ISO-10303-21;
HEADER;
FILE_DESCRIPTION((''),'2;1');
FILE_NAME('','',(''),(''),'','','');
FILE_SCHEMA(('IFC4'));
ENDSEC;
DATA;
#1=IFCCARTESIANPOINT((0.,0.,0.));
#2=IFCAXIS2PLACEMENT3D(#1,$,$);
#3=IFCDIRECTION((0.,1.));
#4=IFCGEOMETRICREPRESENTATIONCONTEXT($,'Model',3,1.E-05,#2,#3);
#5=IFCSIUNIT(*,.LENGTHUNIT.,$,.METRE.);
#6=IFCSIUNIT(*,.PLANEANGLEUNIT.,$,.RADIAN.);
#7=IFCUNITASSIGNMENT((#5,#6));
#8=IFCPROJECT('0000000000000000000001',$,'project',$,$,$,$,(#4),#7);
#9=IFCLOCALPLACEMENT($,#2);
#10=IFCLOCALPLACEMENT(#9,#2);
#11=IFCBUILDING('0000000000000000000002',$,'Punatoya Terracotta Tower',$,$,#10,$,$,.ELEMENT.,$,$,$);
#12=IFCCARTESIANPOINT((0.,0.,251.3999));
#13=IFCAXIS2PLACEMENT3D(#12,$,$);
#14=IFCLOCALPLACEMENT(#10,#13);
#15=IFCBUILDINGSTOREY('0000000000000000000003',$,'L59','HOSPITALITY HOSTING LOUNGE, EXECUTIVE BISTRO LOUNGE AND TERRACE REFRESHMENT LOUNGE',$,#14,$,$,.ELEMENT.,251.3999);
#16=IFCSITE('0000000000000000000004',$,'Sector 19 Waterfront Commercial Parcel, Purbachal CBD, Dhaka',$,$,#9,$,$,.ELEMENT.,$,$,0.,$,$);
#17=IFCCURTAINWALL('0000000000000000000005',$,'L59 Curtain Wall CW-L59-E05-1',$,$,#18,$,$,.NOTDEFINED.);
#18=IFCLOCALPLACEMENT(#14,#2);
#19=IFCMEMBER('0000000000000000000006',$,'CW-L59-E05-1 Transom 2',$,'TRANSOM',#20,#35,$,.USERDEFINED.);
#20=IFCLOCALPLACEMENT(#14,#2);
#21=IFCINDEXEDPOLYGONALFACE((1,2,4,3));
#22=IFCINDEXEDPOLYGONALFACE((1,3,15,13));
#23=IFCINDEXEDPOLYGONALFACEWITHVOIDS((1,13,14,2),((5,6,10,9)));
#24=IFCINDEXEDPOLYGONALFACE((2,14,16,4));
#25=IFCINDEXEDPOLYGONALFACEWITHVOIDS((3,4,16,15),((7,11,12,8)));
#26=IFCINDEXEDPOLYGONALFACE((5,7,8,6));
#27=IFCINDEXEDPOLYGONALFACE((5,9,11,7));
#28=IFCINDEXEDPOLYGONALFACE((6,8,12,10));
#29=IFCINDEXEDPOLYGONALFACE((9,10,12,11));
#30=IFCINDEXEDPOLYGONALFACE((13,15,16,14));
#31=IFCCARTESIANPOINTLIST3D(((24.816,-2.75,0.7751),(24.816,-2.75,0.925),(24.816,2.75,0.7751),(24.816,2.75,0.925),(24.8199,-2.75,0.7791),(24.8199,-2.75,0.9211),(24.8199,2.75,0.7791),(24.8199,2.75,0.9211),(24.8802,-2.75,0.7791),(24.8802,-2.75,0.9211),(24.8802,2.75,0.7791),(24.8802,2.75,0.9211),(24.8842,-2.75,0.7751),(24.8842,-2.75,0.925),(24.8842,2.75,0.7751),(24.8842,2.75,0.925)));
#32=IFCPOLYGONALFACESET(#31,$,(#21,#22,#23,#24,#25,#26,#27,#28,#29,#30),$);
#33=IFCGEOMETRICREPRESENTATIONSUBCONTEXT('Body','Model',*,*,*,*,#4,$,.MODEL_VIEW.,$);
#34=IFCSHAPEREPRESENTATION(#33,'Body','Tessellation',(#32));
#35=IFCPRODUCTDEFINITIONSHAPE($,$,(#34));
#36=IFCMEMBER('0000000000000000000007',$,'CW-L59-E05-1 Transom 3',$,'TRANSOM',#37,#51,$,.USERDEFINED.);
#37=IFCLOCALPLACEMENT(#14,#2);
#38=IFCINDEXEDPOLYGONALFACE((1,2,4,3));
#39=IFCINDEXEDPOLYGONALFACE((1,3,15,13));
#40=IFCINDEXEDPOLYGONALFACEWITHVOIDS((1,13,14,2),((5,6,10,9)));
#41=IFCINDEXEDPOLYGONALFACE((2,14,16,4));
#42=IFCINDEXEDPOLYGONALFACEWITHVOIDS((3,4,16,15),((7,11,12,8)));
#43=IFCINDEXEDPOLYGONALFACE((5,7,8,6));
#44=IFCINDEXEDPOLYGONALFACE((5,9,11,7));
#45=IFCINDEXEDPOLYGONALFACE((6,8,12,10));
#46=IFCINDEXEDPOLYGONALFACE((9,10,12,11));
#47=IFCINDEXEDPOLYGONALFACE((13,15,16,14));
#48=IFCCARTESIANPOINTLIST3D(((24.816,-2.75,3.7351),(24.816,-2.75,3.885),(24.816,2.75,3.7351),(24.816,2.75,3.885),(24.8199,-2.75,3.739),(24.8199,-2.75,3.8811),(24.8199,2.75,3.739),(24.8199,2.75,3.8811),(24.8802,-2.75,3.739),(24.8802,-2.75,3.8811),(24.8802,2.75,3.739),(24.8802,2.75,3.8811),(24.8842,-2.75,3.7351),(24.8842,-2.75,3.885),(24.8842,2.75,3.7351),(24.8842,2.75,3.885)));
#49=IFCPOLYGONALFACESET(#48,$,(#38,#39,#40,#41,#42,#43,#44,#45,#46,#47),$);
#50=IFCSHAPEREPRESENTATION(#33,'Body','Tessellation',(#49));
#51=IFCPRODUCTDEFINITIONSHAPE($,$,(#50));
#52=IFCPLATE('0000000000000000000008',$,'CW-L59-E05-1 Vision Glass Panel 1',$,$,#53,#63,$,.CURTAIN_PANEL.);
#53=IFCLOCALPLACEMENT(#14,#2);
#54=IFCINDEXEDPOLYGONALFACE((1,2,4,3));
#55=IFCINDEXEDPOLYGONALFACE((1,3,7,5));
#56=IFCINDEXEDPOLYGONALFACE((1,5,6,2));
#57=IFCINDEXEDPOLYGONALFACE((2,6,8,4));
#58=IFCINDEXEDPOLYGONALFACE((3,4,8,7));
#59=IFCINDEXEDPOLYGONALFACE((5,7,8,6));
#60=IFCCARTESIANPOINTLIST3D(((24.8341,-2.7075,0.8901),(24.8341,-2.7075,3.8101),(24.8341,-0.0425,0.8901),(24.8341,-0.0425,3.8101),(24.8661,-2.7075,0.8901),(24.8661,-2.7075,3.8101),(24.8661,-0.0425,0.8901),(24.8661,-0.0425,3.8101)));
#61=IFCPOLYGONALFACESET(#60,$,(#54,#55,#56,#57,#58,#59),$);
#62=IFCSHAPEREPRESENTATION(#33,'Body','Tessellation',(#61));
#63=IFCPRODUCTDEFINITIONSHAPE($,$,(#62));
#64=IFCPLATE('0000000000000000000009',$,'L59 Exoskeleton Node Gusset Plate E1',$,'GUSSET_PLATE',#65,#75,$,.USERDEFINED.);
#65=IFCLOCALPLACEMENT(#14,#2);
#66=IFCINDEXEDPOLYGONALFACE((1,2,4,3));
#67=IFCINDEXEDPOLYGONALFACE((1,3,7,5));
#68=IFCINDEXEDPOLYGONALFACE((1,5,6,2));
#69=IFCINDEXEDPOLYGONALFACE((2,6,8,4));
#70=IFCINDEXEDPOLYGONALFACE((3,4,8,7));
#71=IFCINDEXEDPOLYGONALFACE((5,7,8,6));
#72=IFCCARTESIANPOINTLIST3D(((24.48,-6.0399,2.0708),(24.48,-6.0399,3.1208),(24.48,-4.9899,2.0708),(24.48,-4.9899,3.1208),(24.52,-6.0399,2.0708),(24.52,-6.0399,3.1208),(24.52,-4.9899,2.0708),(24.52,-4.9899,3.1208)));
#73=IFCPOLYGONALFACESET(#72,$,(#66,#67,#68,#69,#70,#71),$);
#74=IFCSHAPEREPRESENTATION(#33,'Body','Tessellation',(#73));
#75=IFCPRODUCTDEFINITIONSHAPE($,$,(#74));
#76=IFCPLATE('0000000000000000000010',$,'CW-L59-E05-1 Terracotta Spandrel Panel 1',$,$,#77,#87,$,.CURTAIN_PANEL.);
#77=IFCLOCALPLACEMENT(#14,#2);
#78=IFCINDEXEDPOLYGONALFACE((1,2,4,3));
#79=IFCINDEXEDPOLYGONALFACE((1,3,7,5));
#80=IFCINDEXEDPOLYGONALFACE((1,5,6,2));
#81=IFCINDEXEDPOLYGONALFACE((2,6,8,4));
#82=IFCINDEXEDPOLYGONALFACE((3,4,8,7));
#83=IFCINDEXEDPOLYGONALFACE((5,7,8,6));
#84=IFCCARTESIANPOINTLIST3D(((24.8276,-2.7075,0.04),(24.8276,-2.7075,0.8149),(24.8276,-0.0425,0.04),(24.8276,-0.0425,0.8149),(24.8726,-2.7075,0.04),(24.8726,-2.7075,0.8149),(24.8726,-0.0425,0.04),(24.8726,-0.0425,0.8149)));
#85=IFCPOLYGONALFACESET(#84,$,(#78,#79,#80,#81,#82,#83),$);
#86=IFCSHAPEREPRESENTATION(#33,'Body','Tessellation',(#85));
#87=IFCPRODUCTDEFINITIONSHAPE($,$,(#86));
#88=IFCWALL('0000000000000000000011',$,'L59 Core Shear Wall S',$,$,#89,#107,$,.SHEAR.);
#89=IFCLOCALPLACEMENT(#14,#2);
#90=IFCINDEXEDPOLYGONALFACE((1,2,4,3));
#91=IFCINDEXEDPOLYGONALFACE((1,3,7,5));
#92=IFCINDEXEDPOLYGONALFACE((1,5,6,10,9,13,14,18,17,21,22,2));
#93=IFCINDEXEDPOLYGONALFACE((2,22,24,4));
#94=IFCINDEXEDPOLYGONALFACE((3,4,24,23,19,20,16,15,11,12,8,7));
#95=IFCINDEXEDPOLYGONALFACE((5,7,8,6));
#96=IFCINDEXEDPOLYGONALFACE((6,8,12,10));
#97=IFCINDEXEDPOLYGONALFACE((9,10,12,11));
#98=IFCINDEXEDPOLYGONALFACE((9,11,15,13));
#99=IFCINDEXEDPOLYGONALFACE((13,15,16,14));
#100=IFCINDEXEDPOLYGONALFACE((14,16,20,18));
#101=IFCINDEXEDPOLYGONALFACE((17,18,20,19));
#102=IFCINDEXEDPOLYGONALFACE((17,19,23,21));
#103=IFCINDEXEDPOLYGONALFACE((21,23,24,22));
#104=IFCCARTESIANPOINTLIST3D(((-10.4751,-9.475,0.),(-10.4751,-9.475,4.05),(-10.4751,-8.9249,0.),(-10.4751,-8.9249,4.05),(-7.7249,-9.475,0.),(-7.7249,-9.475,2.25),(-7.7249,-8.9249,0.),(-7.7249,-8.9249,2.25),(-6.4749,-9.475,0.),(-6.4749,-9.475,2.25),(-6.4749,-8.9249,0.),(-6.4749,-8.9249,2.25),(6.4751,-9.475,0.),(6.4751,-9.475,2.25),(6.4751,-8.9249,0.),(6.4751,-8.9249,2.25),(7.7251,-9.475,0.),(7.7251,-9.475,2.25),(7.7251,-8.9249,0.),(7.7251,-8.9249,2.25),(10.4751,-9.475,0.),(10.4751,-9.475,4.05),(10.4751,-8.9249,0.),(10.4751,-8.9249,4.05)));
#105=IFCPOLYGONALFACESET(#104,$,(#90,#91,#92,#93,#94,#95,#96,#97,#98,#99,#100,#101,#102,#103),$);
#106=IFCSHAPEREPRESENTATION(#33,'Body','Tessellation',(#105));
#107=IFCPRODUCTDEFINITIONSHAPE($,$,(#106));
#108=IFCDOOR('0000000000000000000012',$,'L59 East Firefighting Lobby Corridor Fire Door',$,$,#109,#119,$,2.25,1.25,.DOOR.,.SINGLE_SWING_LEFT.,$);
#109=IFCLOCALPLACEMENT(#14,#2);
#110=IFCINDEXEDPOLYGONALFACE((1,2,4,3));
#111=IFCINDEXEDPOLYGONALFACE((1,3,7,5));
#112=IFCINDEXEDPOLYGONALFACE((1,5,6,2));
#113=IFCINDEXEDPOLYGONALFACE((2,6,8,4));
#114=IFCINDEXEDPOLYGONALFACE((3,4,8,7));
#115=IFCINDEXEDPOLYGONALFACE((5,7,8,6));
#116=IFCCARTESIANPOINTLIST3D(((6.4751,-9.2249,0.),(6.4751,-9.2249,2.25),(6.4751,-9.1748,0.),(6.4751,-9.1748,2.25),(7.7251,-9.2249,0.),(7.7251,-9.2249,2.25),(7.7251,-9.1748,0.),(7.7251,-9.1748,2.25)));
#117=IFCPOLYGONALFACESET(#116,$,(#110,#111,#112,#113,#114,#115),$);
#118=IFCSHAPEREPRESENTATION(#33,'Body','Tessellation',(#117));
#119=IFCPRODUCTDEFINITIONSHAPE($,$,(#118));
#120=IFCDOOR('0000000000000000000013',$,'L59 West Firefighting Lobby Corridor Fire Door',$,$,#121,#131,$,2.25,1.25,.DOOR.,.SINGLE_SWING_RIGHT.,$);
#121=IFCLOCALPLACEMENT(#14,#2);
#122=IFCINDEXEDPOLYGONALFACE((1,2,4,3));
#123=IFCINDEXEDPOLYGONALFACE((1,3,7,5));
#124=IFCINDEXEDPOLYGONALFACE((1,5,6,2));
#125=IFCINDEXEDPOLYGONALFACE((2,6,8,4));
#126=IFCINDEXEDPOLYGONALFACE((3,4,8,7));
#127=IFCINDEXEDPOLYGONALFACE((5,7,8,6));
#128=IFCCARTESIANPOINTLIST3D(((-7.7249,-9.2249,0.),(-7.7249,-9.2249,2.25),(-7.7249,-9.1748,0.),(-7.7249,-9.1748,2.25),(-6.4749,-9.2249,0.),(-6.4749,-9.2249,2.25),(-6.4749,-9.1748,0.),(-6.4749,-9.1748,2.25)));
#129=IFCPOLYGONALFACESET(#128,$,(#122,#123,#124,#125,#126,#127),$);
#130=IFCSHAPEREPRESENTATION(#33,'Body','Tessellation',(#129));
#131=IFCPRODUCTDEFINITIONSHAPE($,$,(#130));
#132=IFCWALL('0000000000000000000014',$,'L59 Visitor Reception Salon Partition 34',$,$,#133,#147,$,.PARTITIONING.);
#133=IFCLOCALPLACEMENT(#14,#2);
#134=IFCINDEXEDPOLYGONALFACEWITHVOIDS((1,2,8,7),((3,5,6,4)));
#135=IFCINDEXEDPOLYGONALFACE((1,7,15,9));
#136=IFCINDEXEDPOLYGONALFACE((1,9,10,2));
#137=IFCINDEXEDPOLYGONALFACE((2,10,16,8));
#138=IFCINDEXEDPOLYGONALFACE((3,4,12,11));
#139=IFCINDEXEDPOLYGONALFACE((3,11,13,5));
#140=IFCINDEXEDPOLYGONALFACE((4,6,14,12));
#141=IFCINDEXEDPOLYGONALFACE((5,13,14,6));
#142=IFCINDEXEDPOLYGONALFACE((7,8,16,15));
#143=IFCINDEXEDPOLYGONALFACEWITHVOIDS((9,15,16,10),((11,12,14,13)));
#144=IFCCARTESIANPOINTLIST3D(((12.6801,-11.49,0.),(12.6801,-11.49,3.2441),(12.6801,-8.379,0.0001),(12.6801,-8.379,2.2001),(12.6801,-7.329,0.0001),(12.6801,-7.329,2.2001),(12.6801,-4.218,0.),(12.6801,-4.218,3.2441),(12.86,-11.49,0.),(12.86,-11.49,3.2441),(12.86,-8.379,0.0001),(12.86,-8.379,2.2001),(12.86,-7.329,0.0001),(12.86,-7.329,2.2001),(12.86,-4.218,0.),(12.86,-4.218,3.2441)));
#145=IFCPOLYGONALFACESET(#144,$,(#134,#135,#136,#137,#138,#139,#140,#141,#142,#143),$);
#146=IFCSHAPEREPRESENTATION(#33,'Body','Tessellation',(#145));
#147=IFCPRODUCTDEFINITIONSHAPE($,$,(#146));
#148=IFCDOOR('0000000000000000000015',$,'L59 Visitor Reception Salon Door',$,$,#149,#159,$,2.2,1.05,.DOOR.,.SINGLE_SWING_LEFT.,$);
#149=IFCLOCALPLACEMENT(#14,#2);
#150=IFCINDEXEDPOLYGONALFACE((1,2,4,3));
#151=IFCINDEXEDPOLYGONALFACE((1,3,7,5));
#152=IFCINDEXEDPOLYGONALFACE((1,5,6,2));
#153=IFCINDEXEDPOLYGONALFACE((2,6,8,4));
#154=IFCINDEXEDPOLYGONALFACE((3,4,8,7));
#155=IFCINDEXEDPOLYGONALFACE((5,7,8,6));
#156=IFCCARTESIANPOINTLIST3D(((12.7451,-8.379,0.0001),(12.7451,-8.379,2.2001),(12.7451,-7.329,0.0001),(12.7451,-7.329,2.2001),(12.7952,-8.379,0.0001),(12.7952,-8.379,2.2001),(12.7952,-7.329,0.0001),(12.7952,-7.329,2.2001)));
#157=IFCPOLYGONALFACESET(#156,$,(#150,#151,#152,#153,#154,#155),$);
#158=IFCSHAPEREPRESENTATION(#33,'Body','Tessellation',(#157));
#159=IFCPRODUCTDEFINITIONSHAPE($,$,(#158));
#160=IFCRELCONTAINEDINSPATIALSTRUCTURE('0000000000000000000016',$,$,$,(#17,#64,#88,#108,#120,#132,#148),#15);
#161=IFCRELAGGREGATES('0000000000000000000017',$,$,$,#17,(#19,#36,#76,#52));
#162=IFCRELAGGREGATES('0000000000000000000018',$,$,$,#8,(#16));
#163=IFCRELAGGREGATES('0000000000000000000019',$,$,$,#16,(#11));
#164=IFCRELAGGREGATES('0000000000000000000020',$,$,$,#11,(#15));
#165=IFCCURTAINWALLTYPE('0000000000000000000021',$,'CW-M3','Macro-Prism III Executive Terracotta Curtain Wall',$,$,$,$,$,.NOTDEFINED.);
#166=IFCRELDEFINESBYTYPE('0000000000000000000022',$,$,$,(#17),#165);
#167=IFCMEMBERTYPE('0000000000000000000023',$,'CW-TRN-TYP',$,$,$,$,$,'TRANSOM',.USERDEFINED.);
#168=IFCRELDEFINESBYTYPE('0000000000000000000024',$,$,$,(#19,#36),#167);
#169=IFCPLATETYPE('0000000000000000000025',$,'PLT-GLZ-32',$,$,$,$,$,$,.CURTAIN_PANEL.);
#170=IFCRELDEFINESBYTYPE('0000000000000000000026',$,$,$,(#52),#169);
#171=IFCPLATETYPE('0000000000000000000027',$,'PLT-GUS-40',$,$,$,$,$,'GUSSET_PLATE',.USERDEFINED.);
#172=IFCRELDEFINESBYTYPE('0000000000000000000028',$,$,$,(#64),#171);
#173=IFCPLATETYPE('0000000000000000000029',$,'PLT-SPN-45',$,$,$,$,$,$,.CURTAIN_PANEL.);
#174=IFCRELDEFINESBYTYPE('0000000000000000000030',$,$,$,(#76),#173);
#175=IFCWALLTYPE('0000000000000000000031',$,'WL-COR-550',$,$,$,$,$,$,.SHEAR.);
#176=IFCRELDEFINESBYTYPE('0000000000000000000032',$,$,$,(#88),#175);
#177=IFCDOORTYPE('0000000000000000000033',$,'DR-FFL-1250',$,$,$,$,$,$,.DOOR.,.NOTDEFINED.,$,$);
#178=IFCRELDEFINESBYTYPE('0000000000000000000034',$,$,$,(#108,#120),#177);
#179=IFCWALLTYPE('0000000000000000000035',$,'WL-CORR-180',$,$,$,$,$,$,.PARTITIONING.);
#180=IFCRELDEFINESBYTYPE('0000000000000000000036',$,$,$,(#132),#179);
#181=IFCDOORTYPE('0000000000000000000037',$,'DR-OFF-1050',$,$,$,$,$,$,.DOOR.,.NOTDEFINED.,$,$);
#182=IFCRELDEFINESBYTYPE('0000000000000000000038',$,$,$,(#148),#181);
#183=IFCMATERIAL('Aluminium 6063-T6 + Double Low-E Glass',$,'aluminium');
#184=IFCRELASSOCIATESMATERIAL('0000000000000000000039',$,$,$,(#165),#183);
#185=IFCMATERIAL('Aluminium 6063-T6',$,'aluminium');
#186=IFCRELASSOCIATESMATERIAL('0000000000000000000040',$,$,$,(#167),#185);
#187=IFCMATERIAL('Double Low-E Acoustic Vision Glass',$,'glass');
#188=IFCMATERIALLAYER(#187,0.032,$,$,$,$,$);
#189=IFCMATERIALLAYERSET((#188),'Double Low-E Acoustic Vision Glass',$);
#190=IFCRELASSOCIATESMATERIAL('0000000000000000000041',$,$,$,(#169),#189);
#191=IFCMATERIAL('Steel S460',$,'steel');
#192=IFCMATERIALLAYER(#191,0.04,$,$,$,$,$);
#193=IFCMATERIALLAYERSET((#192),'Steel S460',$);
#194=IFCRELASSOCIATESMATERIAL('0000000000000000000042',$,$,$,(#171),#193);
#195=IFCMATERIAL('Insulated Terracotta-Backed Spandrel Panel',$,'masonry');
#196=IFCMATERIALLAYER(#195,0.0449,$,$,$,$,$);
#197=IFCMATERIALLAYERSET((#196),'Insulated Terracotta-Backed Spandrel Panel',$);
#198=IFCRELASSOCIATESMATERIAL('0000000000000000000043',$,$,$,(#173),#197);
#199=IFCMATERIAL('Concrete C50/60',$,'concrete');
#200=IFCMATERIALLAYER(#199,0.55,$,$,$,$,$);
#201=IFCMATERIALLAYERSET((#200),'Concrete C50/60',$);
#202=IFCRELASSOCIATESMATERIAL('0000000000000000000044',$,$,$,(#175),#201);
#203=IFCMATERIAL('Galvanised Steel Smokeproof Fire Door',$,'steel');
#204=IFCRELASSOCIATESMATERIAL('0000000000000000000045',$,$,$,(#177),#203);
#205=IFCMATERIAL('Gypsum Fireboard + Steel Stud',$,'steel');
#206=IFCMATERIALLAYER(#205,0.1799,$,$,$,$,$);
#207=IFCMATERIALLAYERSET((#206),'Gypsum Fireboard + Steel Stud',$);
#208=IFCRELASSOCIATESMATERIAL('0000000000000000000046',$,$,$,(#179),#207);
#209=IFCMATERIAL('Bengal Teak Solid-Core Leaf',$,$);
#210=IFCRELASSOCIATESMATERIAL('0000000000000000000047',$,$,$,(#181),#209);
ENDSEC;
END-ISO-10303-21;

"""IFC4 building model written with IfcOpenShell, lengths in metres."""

from ifc_helpers import new_model, si_unit, direction, frame, frame_2d, origin, origin_2d, place, context, subcontext, project, spatial, rectangle, hollow_rectangle, extrude, material, layer, layer_set, material_profile, profile_set, type_object, element, fill, aggregate, save


model = new_model("IFC4")

# Units and contexts
model_context = context("Model", 3, precision=1e-05, world=origin(), true_north=direction((0.0, 1.0)))
body_context = subcontext(model_context, "Body", "Model", "MODEL_VIEW")
ifc_project = project(units=[si_unit("LENGTHUNIT", "METRE"), si_unit("PLANEANGLEUNIT", "RADIAN")], contexts=[model_context])

# Site, building, storey
site_placement = place(None, origin())
site = spatial("IfcSite", under=ifc_project, at=site_placement, Name="Sector 19 Waterfront Commercial Parcel, Purbachal CBD, Dhaka", CompositionType="ELEMENT", RefElevation=0.0)
building_placement = place(site_placement, origin())
building = spatial("IfcBuilding", under=site, at=building_placement, Name="Punatoya Terracotta Tower", CompositionType="ELEMENT")
storey_placement = place(building_placement, frame((0.0, 0.0, 251.3999)))
storey = spatial("IfcBuildingStorey", under=building, at=storey_placement, Name="L59", Description="HOSPITALITY HOSTING LOUNGE, EXECUTIVE BISTRO LOUNGE AND TERRACE REFRESHMENT LOUNGE", CompositionType="ELEMENT", Elevation=251.3999)

# Shared definitions
ifc_material_1 = material(Name="Steel S460", Category="steel")

# Curtain wall, members, plate
ifc_material_2 = material(Name="Aluminium 6063-T6 + Double Low-E Glass", Category="aluminium")
curtain_wall_type = type_object("IfcCurtainWallType", Name="CW-M3", Description="Macro-Prism III Executive Terracotta Curtain Wall", PredefinedType="NOTDEFINED", material=ifc_material_2)
curtain_wall_placement = place(storey_placement, origin())
curtain_wall = element("IfcCurtainWall", 1, at=curtain_wall_placement, inside=storey, type_object=curtain_wall_type, Name="L59 Curtain Wall CW-L59-E05-1", PredefinedType="NOTDEFINED")
ifc_material_3 = material(Name="Aluminium 6063-T6", Category="aluminium")
ifc_material_profile_1 = material_profile(ifc_material_3, hollow_rectangle(XDim=0.0681, YDim=0.1499, WallThickness=0.0039, at=origin_2d()))
ifc_profile_set_1 = profile_set([ifc_material_profile_1], Name="Aluminium 6063-T6")
member_type_1 = type_object("IfcMemberType", Name="CW-TRN-TYP", ElementType="TRANSOM", PredefinedType="USERDEFINED", material=ifc_profile_set_1)
member_1_placement = place(storey_placement, frame((24.8501, -2.75, 0.8501), z_axis=(0.0, 1.0, 0.0), x_axis=(-1.0, 0.0, 0.0)))
member_1 = element("IfcMember", 2, at=member_1_placement, type_object=member_type_1, Name="CW-L59-E05-1 Transom 2", ObjectType="TRANSOM", PredefinedType="USERDEFINED", context=body_context, shape_type="SweptSolid", body=[
    extrude(hollow_rectangle(XDim=0.0681, YDim=0.1499, WallThickness=0.0039, at=origin_2d()), origin(), (0.0, 0.0, 1.0), 5.5),
])
member_2_placement = place(storey_placement, frame((24.8501, -2.75, 3.8101), z_axis=(0.0, 1.0, 0.0), x_axis=(-1.0, 0.0, 0.0)))
member_2 = element("IfcMember", 3, at=member_2_placement, type_object=member_type_1, Name="CW-L59-E05-1 Transom 3", ObjectType="TRANSOM", PredefinedType="USERDEFINED", context=body_context, shape_type="SweptSolid", body=[
    extrude(hollow_rectangle(XDim=0.0681, YDim=0.1499, WallThickness=0.0039, at=origin_2d()), origin(), (0.0, 0.0, 1.0), 5.5),
])
ifc_material_4 = material(Name="Double Low-E Acoustic Vision Glass", Category="glass")
ifc_layer_1 = layer(ifc_material_4, 0.032)
ifc_layer_set_1 = layer_set([ifc_layer_1], Name="Double Low-E Acoustic Vision Glass")
plate_type_1 = type_object("IfcPlateType", Name="PLT-GLZ-32", PredefinedType="CURTAIN_PANEL", material=ifc_layer_set_1)
plate_1_placement = place(storey_placement, frame((24.8501, -1.375, 0.8901), z_axis=(0.0, 0.0, 1.0), x_axis=(0.0, 1.0, 0.0)))
plate_1 = element("IfcPlate", 4, at=plate_1_placement, type_object=plate_type_1, Name="CW-L59-E05-1 Vision Glass Panel 1", PredefinedType="CURTAIN_PANEL", context=body_context, shape_type="SweptSolid", body=[
    extrude(rectangle(XDim=2.665, YDim=0.032, at=origin_2d()), origin(), (0.0, 0.0, 1.0), 2.9199),
])

# Plates
ifc_layer_2 = layer(ifc_material_1, 0.04)
ifc_layer_set_2 = layer_set([ifc_layer_2], Name="Steel S460")
plate_type_2 = type_object("IfcPlateType", Name="PLT-GUS-40", ElementType="GUSSET_PLATE", PredefinedType="USERDEFINED", material=ifc_layer_set_2)
plate_2_placement = place(storey_placement, frame((24.5, -5.5149, 2.0708), z_axis=(0.0, 0.0, 1.0), x_axis=(0.0, 1.0, 0.0)))
element("IfcPlate", 5, at=plate_2_placement, inside=storey, type_object=plate_type_2, Name="L59 Exoskeleton Node Gusset Plate E1", ObjectType="GUSSET_PLATE", PredefinedType="USERDEFINED", context=body_context, shape_type="SweptSolid", body=[
    extrude(rectangle(XDim=1.05, YDim=0.04, at=origin_2d()), origin(), (0.0, 0.0, 1.0), 1.05),
])
ifc_material_5 = material(Name="Insulated Terracotta-Backed Spandrel Panel", Category="masonry")
ifc_layer_3 = layer(ifc_material_5, 0.0449)
ifc_layer_set_3 = layer_set([ifc_layer_3], Name="Insulated Terracotta-Backed Spandrel Panel")
plate_type_3 = type_object("IfcPlateType", Name="PLT-SPN-45", PredefinedType="CURTAIN_PANEL", material=ifc_layer_set_3)
plate_3_placement = place(storey_placement, frame((24.8501, -1.375, 0.04), z_axis=(0.0, 0.0, 1.0), x_axis=(0.0, 1.0, 0.0)))
plate_3 = element("IfcPlate", 6, at=plate_3_placement, type_object=plate_type_3, Name="CW-L59-E05-1 Terracotta Spandrel Panel 1", PredefinedType="CURTAIN_PANEL", context=body_context, shape_type="SweptSolid", body=[
    extrude(rectangle(XDim=2.665, YDim=0.0449, at=origin_2d()), origin(), (0.0, 0.0, 1.0), 0.7749),
])
aggregate(curtain_wall, [member_1, member_2, plate_3, plate_1])

# Wall, openings, doors
ifc_material_6 = material(Name="Concrete C50/60", Category="concrete")
ifc_layer_4 = layer(ifc_material_6, 0.55)
ifc_layer_set_4 = layer_set([ifc_layer_4], Name="Concrete C50/60")
wall_type_1 = type_object("IfcWallType", Name="WL-COR-550", PredefinedType="SHEAR", material=ifc_layer_set_4)
wall_1_placement = place(storey_placement, frame((10.4751, -9.2, 0.0), z_axis=(0.0, 0.0, 1.0), x_axis=(-1.0, 0.0, 0.0)))
wall_1 = element("IfcWall", 7, at=wall_1_placement, inside=storey, type_object=wall_type_1, Name="L59 Core Shear Wall S", PredefinedType="SHEAR", context=body_context, shape_type="SweptSolid", body=[
    extrude(rectangle(XDim=20.9502, YDim=0.55, at=frame_2d((10.4751, 0.0))), origin(), (0.0, 0.0, 1.0), 4.05),
])
opening_1_placement = place(wall_1_placement, frame((2.75, 0.0, 0.0)))
opening_1 = element("IfcOpeningElement", 8, at=opening_1_placement, cuts=wall_1, PredefinedType="OPENING", context=body_context, shape_type="SweptSolid", body=[
    extrude(rectangle(XDim=1.25, YDim=2.25, at=frame_2d((0.625, 1.125))), frame((0.0, 0.2849, 0.0), z_axis=(0.0, -1.0, 0.0), x_axis=(1.0, 0.0, 0.0)), (0.0, 0.0, 1.0), 0.5701),
])
opening_2_placement = place(wall_1_placement, frame((16.95, 0.0, 0.0)))
opening_2 = element("IfcOpeningElement", 9, at=opening_2_placement, cuts=wall_1, PredefinedType="OPENING", context=body_context, shape_type="SweptSolid", body=[
    extrude(rectangle(XDim=1.25, YDim=2.25, at=frame_2d((0.625, 1.125))), frame((0.0, 0.2849, 0.0), z_axis=(0.0, -1.0, 0.0), x_axis=(1.0, 0.0, 0.0)), (0.0, 0.0, 1.0), 0.5701),
])
ifc_material_7 = material(Name="Galvanised Steel Smokeproof Fire Door", Category="steel")
door_type_1 = type_object("IfcDoorType", Name="DR-FFL-1250", OperationType="NOTDEFINED", PredefinedType="DOOR", material=ifc_material_7)
door_1_placement = place(opening_1_placement, origin())
door_1 = element("IfcDoor", 10, at=door_1_placement, inside=storey, type_object=door_type_1, Name="L59 East Firefighting Lobby Corridor Fire Door", OperationType="SINGLE_SWING_LEFT", OverallHeight=2.25, OverallWidth=1.25, PredefinedType="DOOR", context=body_context, shape_type="SweptSolid", body=[
    extrude(rectangle(XDim=1.25, YDim=2.25, at=frame_2d((0.625, 1.125))), frame((0.0, 0.0249, 0.0), z_axis=(0.0, -1.0, 0.0), x_axis=(1.0, 0.0, 0.0)), (0.0, 0.0, 1.0), 0.05),
])
fill(opening_1, door_1)
door_2_placement = place(opening_2_placement, origin())
door_2 = element("IfcDoor", 11, at=door_2_placement, inside=storey, type_object=door_type_1, Name="L59 West Firefighting Lobby Corridor Fire Door", OperationType="SINGLE_SWING_RIGHT", OverallHeight=2.25, OverallWidth=1.25, PredefinedType="DOOR", context=body_context, shape_type="SweptSolid", body=[
    extrude(rectangle(XDim=1.25, YDim=2.25, at=frame_2d((0.625, 1.125))), frame((0.0, 0.0249, 0.0), z_axis=(0.0, -1.0, 0.0), x_axis=(1.0, 0.0, 0.0)), (0.0, 0.0, 1.0), 0.05),
])
fill(opening_2, door_2)

# Wall, opening, door
ifc_material_8 = material(Name="Gypsum Fireboard + Steel Stud", Category="steel")
ifc_layer_5 = layer(ifc_material_8, 0.1799)
ifc_layer_set_5 = layer_set([ifc_layer_5], Name="Gypsum Fireboard + Steel Stud")
wall_type_2 = type_object("IfcWallType", Name="WL-CORR-180", PredefinedType="PARTITIONING", material=ifc_layer_set_5)
wall_2_placement = place(storey_placement, frame((12.77, -11.49, 0.0), z_axis=(0.0, 0.0, 1.0), x_axis=(0.0, 1.0, 0.0)))
wall_2 = element("IfcWall", 12, at=wall_2_placement, inside=storey, type_object=wall_type_2, Name="L59 Visitor Reception Salon Partition 34", PredefinedType="PARTITIONING", context=body_context, shape_type="SweptSolid", body=[
    extrude(rectangle(XDim=7.272, YDim=0.1799, at=frame_2d((3.636, 0.0))), origin(), (0.0, 0.0, 1.0), 3.2441),
])
opening_3_placement = place(wall_2_placement, frame((3.1111, 0.0, 0.0)))
opening_3 = element("IfcOpeningElement", 13, at=opening_3_placement, cuts=wall_2, PredefinedType="OPENING", context=body_context, shape_type="SweptSolid", body=[
    extrude(rectangle(XDim=1.05, YDim=2.2, at=frame_2d((0.5249, 1.1001))), frame((0.0, 0.0999, 0.0), z_axis=(0.0, -1.0, 0.0), x_axis=(1.0, 0.0, 0.0)), (0.0, 0.0, 1.0), 0.2),
])
ifc_material_9 = material(Name="Bengal Teak Solid-Core Leaf")
door_type_2 = type_object("IfcDoorType", Name="DR-OFF-1050", OperationType="NOTDEFINED", PredefinedType="DOOR", material=ifc_material_9)
door_3_placement = place(opening_3_placement, origin())
door_3 = element("IfcDoor", 14, at=door_3_placement, inside=storey, type_object=door_type_2, Name="L59 Visitor Reception Salon Door", OperationType="SINGLE_SWING_LEFT", OverallHeight=2.2, OverallWidth=1.05, PredefinedType="DOOR", context=body_context, shape_type="SweptSolid", body=[
    extrude(rectangle(XDim=1.05, YDim=2.2, at=frame_2d((0.5249, 1.1001))), frame((0.0, 0.0249, 0.0), z_axis=(0.0, -1.0, 0.0), x_axis=(1.0, 0.0, 0.0)), (0.0, 0.0, 1.0), 0.05),
])
fill(opening_3, door_3)

save(model, "model.ifc")
